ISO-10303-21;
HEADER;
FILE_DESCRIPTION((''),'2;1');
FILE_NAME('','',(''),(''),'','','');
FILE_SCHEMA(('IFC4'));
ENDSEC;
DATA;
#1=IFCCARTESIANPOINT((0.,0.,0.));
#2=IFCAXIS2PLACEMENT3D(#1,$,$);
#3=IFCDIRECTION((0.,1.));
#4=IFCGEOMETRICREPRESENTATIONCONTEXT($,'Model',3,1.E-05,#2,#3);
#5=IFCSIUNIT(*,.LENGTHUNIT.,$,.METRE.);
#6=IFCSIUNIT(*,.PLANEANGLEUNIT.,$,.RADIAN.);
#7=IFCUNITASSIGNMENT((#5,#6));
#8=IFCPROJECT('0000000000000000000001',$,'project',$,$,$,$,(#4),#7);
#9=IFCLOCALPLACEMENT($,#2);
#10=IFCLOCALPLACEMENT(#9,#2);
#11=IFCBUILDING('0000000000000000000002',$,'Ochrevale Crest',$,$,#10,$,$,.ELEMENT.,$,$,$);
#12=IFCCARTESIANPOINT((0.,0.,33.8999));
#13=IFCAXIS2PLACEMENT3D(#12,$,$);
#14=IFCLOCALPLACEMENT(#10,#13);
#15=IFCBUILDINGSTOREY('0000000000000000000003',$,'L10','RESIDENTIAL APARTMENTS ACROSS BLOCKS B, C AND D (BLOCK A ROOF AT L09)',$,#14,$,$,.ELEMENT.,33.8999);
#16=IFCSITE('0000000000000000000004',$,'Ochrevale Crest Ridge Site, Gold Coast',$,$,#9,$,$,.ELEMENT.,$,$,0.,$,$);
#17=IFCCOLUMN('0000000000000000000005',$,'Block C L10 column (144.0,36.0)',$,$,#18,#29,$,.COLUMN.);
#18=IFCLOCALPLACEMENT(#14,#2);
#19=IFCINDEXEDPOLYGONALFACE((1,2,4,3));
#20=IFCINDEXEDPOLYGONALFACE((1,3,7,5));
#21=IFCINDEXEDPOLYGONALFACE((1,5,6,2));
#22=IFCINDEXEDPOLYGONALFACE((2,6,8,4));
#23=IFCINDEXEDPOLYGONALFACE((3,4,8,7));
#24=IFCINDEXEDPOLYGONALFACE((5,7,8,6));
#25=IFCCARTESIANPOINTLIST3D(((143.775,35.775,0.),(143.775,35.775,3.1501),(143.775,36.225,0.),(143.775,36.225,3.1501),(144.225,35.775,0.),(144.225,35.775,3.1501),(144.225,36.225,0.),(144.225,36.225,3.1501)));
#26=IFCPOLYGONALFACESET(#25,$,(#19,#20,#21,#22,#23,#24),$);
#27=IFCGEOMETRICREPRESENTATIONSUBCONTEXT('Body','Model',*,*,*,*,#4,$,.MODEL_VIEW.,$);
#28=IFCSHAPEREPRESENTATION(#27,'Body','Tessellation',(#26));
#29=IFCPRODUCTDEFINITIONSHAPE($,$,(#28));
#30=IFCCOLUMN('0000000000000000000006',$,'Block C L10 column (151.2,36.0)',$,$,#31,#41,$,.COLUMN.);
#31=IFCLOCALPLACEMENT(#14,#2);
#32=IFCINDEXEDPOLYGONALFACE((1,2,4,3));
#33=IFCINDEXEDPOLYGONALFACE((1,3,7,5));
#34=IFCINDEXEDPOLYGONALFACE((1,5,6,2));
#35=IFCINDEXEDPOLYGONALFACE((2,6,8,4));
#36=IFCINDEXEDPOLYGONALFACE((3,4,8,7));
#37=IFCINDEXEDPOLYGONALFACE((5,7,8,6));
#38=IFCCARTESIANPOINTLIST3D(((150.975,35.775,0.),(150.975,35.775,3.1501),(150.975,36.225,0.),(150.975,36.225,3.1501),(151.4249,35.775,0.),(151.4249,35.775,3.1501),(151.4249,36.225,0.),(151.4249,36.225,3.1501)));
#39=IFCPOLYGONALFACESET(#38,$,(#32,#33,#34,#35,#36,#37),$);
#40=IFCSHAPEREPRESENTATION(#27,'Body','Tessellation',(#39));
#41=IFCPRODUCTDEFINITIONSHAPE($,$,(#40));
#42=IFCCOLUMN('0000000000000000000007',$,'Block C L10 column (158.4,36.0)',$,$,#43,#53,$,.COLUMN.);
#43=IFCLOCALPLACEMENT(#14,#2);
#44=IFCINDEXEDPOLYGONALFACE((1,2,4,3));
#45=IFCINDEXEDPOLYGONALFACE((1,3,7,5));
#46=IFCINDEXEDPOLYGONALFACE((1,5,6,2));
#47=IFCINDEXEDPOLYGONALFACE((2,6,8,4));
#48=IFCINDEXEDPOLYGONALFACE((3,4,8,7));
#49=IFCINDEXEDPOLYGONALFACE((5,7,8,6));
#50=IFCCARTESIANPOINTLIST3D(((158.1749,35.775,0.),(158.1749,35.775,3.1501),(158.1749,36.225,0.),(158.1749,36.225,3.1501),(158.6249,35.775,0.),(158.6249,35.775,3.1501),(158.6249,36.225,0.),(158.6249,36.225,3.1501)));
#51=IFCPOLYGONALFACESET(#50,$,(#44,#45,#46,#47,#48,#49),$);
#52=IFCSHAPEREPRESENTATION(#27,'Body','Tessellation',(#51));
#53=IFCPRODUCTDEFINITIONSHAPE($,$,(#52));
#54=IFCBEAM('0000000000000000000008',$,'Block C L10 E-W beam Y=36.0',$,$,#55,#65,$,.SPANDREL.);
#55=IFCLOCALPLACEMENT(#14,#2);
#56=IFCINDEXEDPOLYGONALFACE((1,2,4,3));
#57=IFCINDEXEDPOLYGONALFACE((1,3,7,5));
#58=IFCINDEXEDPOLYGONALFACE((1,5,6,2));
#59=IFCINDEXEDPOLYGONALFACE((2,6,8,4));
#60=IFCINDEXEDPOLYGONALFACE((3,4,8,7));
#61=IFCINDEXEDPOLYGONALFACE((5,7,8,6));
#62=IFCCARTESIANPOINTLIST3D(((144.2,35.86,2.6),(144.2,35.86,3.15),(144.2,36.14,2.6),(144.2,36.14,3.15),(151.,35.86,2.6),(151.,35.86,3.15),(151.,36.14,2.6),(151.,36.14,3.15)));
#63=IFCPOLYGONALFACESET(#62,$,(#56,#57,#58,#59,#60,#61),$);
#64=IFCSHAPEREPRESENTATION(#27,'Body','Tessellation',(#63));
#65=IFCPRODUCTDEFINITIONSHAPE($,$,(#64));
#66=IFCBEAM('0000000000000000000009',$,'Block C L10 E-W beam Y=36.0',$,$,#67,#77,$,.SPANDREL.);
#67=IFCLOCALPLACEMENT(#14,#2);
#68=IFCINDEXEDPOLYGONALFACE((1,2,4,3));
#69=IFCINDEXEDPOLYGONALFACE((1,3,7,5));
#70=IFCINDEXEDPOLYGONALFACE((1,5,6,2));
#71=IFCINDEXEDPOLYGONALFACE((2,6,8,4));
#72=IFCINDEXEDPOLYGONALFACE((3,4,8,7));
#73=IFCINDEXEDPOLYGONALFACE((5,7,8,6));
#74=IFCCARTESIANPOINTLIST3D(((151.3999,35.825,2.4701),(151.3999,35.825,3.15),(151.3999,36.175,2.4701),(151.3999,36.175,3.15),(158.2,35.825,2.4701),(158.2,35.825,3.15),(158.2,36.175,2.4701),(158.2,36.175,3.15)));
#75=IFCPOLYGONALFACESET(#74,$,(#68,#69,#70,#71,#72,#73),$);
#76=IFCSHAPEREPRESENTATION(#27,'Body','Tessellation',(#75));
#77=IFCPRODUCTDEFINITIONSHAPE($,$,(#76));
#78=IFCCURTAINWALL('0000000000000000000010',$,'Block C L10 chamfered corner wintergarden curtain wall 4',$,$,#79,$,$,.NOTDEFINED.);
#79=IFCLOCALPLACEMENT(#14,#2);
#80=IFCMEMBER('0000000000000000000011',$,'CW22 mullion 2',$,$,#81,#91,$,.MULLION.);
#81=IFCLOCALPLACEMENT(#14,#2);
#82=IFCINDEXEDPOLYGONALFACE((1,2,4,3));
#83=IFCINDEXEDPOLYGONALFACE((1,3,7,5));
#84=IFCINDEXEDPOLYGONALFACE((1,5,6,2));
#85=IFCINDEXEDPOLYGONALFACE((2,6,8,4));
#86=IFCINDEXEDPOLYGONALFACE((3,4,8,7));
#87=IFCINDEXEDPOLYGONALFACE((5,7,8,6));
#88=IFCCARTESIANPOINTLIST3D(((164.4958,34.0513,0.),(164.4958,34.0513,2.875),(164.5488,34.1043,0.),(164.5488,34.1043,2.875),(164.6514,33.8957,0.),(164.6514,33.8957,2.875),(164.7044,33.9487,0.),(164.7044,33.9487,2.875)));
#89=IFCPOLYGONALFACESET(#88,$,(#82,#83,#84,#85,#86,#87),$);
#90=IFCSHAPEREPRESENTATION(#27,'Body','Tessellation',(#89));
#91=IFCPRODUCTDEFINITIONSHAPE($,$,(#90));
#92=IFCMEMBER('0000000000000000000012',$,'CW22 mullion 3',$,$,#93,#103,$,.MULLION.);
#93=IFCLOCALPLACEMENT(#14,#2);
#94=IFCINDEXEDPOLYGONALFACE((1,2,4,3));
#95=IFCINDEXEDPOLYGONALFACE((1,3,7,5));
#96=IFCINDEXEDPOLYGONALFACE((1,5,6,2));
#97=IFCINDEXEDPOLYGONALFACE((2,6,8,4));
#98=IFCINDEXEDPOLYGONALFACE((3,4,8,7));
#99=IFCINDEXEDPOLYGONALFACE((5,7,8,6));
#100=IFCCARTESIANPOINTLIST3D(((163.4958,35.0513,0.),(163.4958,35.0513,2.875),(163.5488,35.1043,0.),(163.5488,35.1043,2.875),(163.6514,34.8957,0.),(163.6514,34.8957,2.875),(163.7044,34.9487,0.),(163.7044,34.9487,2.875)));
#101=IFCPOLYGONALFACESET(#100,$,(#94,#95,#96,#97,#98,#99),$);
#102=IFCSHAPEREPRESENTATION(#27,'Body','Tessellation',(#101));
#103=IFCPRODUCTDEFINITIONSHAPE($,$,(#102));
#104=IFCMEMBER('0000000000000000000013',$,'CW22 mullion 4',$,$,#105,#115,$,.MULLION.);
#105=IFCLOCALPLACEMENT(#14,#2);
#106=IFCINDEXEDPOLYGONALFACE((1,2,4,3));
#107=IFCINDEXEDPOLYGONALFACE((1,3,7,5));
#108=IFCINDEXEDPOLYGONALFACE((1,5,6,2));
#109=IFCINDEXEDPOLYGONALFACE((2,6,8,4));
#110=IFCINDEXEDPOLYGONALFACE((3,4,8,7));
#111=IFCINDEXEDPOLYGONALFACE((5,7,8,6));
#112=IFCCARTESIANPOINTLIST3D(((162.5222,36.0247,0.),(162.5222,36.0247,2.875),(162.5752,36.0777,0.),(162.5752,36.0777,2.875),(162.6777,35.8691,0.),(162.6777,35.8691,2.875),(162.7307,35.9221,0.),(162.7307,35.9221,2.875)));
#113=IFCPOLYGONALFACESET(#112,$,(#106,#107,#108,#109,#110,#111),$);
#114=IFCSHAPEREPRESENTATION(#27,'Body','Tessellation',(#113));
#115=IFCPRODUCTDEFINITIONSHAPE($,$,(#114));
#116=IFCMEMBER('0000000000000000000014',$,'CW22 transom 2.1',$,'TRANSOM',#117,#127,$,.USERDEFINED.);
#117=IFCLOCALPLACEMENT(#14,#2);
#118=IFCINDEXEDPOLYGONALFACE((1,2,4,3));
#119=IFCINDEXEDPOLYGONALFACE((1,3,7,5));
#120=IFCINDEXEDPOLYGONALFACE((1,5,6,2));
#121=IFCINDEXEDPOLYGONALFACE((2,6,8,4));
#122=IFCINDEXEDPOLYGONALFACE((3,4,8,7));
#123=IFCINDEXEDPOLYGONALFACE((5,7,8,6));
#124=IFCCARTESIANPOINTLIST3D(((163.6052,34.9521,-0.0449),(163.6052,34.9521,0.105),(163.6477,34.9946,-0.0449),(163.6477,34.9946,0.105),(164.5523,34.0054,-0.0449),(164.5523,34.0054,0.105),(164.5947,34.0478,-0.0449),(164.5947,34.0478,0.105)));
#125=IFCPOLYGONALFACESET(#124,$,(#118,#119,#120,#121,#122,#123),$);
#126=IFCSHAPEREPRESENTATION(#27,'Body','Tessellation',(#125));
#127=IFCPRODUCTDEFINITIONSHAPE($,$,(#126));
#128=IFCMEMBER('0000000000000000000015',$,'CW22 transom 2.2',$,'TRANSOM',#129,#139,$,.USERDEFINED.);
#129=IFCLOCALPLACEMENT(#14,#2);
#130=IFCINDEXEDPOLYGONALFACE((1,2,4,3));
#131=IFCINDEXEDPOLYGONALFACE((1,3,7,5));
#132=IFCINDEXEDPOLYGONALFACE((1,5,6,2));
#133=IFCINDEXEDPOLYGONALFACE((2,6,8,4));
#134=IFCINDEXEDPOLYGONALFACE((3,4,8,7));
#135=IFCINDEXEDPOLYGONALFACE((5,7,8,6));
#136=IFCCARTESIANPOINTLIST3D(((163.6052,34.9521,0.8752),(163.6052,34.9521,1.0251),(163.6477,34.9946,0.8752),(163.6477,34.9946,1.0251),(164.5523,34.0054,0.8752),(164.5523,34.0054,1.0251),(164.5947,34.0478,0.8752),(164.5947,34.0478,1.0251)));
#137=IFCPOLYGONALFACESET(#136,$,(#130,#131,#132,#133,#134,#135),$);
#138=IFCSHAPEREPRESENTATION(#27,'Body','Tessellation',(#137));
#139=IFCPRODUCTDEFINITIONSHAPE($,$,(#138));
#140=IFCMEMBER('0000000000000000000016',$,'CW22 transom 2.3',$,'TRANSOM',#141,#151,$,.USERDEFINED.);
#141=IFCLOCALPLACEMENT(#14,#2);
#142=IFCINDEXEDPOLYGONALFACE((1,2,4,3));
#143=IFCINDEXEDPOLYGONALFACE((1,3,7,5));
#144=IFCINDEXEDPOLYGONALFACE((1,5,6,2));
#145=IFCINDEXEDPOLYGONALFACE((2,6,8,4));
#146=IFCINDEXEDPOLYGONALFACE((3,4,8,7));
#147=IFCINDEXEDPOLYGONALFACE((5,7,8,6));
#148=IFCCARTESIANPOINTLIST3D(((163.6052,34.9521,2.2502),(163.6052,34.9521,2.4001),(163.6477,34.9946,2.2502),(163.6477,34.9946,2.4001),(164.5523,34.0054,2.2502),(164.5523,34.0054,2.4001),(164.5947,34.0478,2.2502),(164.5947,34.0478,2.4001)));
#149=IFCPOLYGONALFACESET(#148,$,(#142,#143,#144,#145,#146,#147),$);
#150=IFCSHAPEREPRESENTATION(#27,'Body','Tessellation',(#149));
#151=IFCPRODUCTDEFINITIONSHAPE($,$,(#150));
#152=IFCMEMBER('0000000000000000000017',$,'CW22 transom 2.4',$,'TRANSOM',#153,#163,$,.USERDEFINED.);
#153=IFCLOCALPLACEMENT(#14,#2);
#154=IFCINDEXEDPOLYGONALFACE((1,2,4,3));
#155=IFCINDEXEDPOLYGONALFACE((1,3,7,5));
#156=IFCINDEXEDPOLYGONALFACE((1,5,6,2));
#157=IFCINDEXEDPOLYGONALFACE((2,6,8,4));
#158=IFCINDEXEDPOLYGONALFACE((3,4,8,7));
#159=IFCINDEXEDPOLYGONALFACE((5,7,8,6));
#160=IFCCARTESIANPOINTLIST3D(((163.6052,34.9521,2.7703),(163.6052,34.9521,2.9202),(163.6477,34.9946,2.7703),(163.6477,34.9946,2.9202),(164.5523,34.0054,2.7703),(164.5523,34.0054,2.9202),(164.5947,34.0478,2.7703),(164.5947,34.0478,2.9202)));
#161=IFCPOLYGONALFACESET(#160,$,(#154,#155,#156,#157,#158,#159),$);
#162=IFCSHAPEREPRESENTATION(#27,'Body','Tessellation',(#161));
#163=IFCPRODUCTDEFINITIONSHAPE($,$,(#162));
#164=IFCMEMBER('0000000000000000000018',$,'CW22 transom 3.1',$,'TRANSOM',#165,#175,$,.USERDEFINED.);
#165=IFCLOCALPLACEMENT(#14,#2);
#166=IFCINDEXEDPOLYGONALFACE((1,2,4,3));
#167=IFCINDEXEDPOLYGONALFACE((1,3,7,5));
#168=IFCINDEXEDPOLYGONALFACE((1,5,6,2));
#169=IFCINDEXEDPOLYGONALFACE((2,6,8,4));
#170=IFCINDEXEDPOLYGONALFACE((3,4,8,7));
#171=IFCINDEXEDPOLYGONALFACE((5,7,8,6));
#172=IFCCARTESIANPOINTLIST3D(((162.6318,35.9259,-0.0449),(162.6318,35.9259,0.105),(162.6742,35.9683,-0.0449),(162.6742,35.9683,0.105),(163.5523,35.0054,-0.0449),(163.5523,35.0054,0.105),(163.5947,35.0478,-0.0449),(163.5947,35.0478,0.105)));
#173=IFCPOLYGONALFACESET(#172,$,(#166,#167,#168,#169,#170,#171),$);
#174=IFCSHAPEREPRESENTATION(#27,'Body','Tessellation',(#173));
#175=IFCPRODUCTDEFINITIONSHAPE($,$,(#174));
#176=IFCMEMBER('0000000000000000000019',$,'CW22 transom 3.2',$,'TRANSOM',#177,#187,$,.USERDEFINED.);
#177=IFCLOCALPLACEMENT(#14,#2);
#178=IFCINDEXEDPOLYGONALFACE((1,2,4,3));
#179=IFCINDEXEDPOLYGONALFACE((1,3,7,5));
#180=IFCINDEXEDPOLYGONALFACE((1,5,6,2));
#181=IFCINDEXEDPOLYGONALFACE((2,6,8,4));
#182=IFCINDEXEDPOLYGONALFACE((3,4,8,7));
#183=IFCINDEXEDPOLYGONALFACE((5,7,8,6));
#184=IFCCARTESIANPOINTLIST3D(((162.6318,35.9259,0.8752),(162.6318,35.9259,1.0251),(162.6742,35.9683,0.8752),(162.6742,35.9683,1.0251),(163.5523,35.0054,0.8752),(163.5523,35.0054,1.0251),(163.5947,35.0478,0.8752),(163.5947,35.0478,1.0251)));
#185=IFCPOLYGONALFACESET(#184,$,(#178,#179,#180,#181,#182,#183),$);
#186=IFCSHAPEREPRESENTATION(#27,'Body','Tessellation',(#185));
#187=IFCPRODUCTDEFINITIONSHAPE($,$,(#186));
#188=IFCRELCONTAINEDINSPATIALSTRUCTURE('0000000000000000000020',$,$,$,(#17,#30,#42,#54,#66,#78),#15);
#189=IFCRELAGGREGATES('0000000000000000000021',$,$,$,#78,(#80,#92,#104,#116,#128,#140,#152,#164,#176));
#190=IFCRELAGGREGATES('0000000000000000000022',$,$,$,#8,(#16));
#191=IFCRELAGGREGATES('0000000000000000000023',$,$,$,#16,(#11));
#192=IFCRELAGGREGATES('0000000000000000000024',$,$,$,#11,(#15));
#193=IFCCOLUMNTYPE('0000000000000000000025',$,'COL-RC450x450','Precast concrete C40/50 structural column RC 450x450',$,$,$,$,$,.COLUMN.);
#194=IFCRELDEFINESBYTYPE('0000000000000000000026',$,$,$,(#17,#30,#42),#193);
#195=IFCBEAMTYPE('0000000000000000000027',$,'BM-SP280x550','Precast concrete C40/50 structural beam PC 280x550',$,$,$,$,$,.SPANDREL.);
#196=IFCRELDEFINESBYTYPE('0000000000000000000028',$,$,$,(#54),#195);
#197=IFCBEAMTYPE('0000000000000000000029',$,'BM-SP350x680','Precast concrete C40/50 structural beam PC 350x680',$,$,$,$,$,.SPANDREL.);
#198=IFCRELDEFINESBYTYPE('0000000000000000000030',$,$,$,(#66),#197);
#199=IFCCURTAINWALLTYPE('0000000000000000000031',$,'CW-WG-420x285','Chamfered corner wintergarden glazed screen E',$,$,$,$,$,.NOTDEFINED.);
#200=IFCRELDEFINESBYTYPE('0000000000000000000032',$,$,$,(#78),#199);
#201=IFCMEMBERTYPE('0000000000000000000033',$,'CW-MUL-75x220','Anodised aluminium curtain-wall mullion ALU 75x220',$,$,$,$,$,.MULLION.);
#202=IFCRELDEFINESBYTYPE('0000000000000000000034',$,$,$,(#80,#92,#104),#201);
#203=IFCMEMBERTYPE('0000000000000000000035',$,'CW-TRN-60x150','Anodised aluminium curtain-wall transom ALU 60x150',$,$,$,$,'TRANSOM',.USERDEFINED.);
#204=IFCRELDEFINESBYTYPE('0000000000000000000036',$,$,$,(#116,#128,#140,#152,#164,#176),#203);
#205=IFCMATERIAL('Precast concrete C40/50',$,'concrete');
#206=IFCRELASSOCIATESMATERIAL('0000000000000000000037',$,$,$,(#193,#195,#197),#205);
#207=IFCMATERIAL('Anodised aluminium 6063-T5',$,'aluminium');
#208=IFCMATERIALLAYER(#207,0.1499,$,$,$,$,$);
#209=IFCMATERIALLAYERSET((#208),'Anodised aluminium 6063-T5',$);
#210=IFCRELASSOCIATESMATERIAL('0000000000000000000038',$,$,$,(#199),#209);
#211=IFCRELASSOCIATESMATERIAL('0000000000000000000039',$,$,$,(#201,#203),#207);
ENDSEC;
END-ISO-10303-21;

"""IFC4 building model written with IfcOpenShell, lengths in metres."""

from ifc_helpers import new_model, si_unit, direction, frame, origin, origin_2d, place, context, subcontext, project, spatial, rectangle, extrude, material, layer, layer_set, material_profile, profile_set, type_object, element, aggregate, save


model = new_model("IFC4")

# Units and contexts
model_context = context("Model", 3, precision=1e-05, world=origin(), true_north=direction((0.0, 1.0)))
body_context = subcontext(model_context, "Body", "Model", "MODEL_VIEW")
ifc_project = project(units=[si_unit("LENGTHUNIT", "METRE"), si_unit("PLANEANGLEUNIT", "RADIAN")], contexts=[model_context])

# Site, building, storey
site_placement = place(None, origin())
site = spatial("IfcSite", under=ifc_project, at=site_placement, Name="Ochrevale Crest Ridge Site, Gold Coast", CompositionType="ELEMENT", RefElevation=0.0)
building_placement = place(site_placement, origin())
building = spatial("IfcBuilding", under=site, at=building_placement, Name="Ochrevale Crest", CompositionType="ELEMENT")
storey_placement = place(building_placement, frame((0.0, 0.0, 33.8999)))
storey = spatial("IfcBuildingStorey", under=building, at=storey_placement, Name="L10", Description="RESIDENTIAL APARTMENTS ACROSS BLOCKS B, C AND D (BLOCK A ROOF AT L09)", CompositionType="ELEMENT", Elevation=33.8999)

# Columns
ifc_material_1 = material(Name="Precast concrete C40/50", Category="concrete")
ifc_material_profile_1 = material_profile(ifc_material_1, rectangle(XDim=0.45, YDim=0.45, at=origin_2d()), Name="RC 450x450")
ifc_profile_set_1 = profile_set([ifc_material_profile_1], Name="Precast concrete C40/50")
column_type = type_object("IfcColumnType", Name="COL-RC450x450", Description="Precast concrete C40/50 structural column RC 450x450", PredefinedType="COLUMN", material=ifc_profile_set_1)
for number, where, z_axis, x_axis, name in (
    (1, (144.0, 36.0, 0.0), (0.0, 0.0, 1.0), (1.0, 0.0, 0.0), "Block C L10 column (144.0,36.0)"),
    (2, (151.2, 36.0, 0.0), (0.0, 0.0, 1.0), (1.0, 0.0, 0.0), "Block C L10 column (151.2,36.0)"),
    (3, (158.3999, 36.0, 0.0), (0.0, 0.0, 1.0), (1.0, 0.0, 0.0), "Block C L10 column (158.4,36.0)"),
):
    element("IfcColumn", number, at=place(storey_placement, frame(where, z_axis=z_axis, x_axis=x_axis)), inside=storey, type_object=column_type, Name=name, PredefinedType="COLUMN", context=body_context, shape_type="SweptSolid", body=[
        extrude(rectangle(XDim=0.45, YDim=0.45, at=origin_2d()), origin(), (0.0, 0.0, 1.0), 3.1501),
    ])

# Beams
ifc_material_profile_2 = material_profile(ifc_material_1, rectangle(XDim=0.28, YDim=0.55, at=origin_2d()), Name="PC 280x550")
ifc_profile_set_2 = profile_set([ifc_material_profile_2], Name="Precast concrete C40/50")
beam_type_1 = type_object("IfcBeamType", Name="BM-SP280x550", Description="Precast concrete C40/50 structural beam PC 280x550", PredefinedType="SPANDREL", material=ifc_profile_set_2)
beam_1_placement = place(storey_placement, frame((144.2, 36.0, 2.875), z_axis=(1.0, 0.0, 0.0), x_axis=(0.0, 1.0, 0.0)))
element("IfcBeam", 4, at=beam_1_placement, inside=storey, type_object=beam_type_1, Name="Block C L10 E-W beam Y=36.0", PredefinedType="SPANDREL", context=body_context, shape_type="SweptSolid", body=[
    extrude(rectangle(XDim=0.28, YDim=0.55, at=origin_2d()), origin(), (0.0, 0.0, 1.0), 6.8),
])
ifc_material_profile_3 = material_profile(ifc_material_1, rectangle(XDim=0.3501, YDim=0.6799, at=origin_2d()), Name="PC 350x680")
ifc_profile_set_3 = profile_set([ifc_material_profile_3], Name="Precast concrete C40/50")
beam_type_2 = type_object("IfcBeamType", Name="BM-SP350x680", Description="Precast concrete C40/50 structural beam PC 350x680", PredefinedType="SPANDREL", material=ifc_profile_set_3)
beam_2_placement = place(storey_placement, frame((151.3999, 36.0, 2.8101), z_axis=(1.0, 0.0, 0.0), x_axis=(0.0, 1.0, 0.0)))
element("IfcBeam", 5, at=beam_2_placement, inside=storey, type_object=beam_type_2, Name="Block C L10 E-W beam Y=36.0", PredefinedType="SPANDREL", context=body_context, shape_type="SweptSolid", body=[
    extrude(rectangle(XDim=0.3501, YDim=0.6799, at=origin_2d()), origin(), (0.0, 0.0, 1.0), 6.8),
])

# Curtain wall, members
ifc_material_2 = material(Name="Anodised aluminium 6063-T5", Category="aluminium")
ifc_layer_1 = layer(ifc_material_2, 0.1499)
ifc_layer_set_1 = layer_set([ifc_layer_1], Name="Anodised aluminium 6063-T5")
curtain_wall_type = type_object("IfcCurtainWallType", Name="CW-WG-420x285", Description="Chamfered corner wintergarden glazed screen E", PredefinedType="NOTDEFINED", material=ifc_layer_set_1)
curtain_wall_placement = place(storey_placement, origin())
curtain_wall = element("IfcCurtainWall", 6, at=curtain_wall_placement, inside=storey, type_object=curtain_wall_type, Name="Block C L10 chamfered corner wintergarden curtain wall 4", PredefinedType="NOTDEFINED")
ifc_material_profile_4 = material_profile(ifc_material_2, rectangle(XDim=0.075, YDim=0.22, at=origin_2d()), Name="ALU 75x220")
ifc_profile_set_4 = profile_set([ifc_material_profile_4], Name="Anodised aluminium 6063-T5")
member_type_1 = type_object("IfcMemberType", Name="CW-MUL-75x220", Description="Anodised aluminium curtain-wall mullion ALU 75x220", PredefinedType="MULLION", material=ifc_profile_set_4)
member_1_placement = place(storey_placement, frame((164.6001, 34.0, 0.0), z_axis=(0.0, 0.0, 1.0), x_axis=(-0.707107, -0.707107, 0.0)))
member_1 = element("IfcMember", 7, at=member_1_placement, type_object=member_type_1, Name="CW22 mullion 2", PredefinedType="MULLION", context=body_context, shape_type="SweptSolid", body=[
    extrude(rectangle(XDim=0.075, YDim=0.22, at=origin_2d()), origin(), (0.0, 0.0, 1.0), 2.875),
])
member_2_placement = place(storey_placement, frame((163.6001, 35.0, 0.0), z_axis=(0.0, 0.0, 1.0), x_axis=(-0.707107, -0.707107, 0.0)))
member_2 = element("IfcMember", 8, at=member_2_placement, type_object=member_type_1, Name="CW22 mullion 3", PredefinedType="MULLION", context=body_context, shape_type="SweptSolid", body=[
    extrude(rectangle(XDim=0.075, YDim=0.22, at=origin_2d()), origin(), (0.0, 0.0, 1.0), 2.875),
])
member_3_placement = place(storey_placement, frame((162.6265, 35.9734, 0.0), z_axis=(0.0, 0.0, 1.0), x_axis=(-0.707107, -0.707107, 0.0)))
member_3 = element("IfcMember", 9, at=member_3_placement, type_object=member_type_1, Name="CW22 mullion 4", PredefinedType="MULLION", context=body_context, shape_type="SweptSolid", body=[
    extrude(rectangle(XDim=0.075, YDim=0.22, at=origin_2d()), origin(), (0.0, 0.0, 1.0), 2.875),
])
ifc_material_profile_5 = material_profile(ifc_material_2, rectangle(XDim=0.0601, YDim=0.1499, at=origin_2d()), Name="ALU 60x150")
ifc_profile_set_5 = profile_set([ifc_material_profile_5], Name="Anodised aluminium 6063-T5")
member_type_2 = type_object("IfcMemberType", Name="CW-TRN-60x150", Description="Anodised aluminium curtain-wall transom ALU 60x150", ElementType="TRANSOM", PredefinedType="USERDEFINED", material=ifc_profile_set_5)
member_4_placement = place(storey_placement, frame((164.5735, 34.0266, 0.03), z_axis=(-0.707198, 0.707016, 0.0), x_axis=(-0.707016, -0.707198, 0.0)))
member_4 = element("IfcMember", 10, at=member_4_placement, type_object=member_type_2, Name="CW22 transom 2.1", ObjectType="TRANSOM", PredefinedType="USERDEFINED", context=body_context, shape_type="SweptSolid", body=[
    extrude(rectangle(XDim=0.0601, YDim=0.1499, at=origin_2d()), origin(), (0.0, 0.0, 1.0), 1.3391),
])
member_5_placement = place(storey_placement, frame((164.5735, 34.0266, 0.9502), z_axis=(-0.707198, 0.707016, 0.0), x_axis=(-0.707016, -0.707198, 0.0)))
member_5 = element("IfcMember", 11, at=member_5_placement, type_object=member_type_2, Name="CW22 transom 2.2", ObjectType="TRANSOM", PredefinedType="USERDEFINED", context=body_context, shape_type="SweptSolid", body=[
    extrude(rectangle(XDim=0.0601, YDim=0.1499, at=origin_2d()), origin(), (0.0, 0.0, 1.0), 1.3391),
])
member_6_placement = place(storey_placement, frame((164.5735, 34.0266, 2.3252), z_axis=(-0.707198, 0.707016, 0.0), x_axis=(-0.707016, -0.707198, 0.0)))
member_6 = element("IfcMember", 12, at=member_6_placement, type_object=member_type_2, Name="CW22 transom 2.3", ObjectType="TRANSOM", PredefinedType="USERDEFINED", context=body_context, shape_type="SweptSolid", body=[
    extrude(rectangle(XDim=0.0601, YDim=0.1499, at=origin_2d()), origin(), (0.0, 0.0, 1.0), 1.3391),
])
member_7_placement = place(storey_placement, frame((164.5735, 34.0266, 2.8452), z_axis=(-0.707198, 0.707016, 0.0), x_axis=(-0.707016, -0.707198, 0.0)))
member_7 = element("IfcMember", 13, at=member_7_placement, type_object=member_type_2, Name="CW22 transom 2.4", ObjectType="TRANSOM", PredefinedType="USERDEFINED", context=body_context, shape_type="SweptSolid", body=[
    extrude(rectangle(XDim=0.0601, YDim=0.1499, at=origin_2d()), origin(), (0.0, 0.0, 1.0), 1.3391),
])
member_8_placement = place(storey_placement, frame((163.5735, 35.0266, 0.03), z_axis=(-0.707107, 0.707107, 0.0), x_axis=(-0.707107, -0.707107, 0.0)))
member_8 = element("IfcMember", 14, at=member_8_placement, type_object=member_type_2, Name="CW22 transom 3.1", ObjectType="TRANSOM", PredefinedType="USERDEFINED", context=body_context, shape_type="SweptSolid", body=[
    extrude(rectangle(XDim=0.0601, YDim=0.1499, at=origin_2d()), origin(), (0.0, 0.0, 1.0), 1.3018),
])
member_9_placement = place(storey_placement, frame((163.5735, 35.0266, 0.9502), z_axis=(-0.707107, 0.707107, 0.0), x_axis=(-0.707107, -0.707107, 0.0)))
member_9 = element("IfcMember", 15, at=member_9_placement, type_object=member_type_2, Name="CW22 transom 3.2", ObjectType="TRANSOM", PredefinedType="USERDEFINED", context=body_context, shape_type="SweptSolid", body=[
    extrude(rectangle(XDim=0.0601, YDim=0.1499, at=origin_2d()), origin(), (0.0, 0.0, 1.0), 1.3018),
])
aggregate(curtain_wall, [member_1, member_2, member_3, member_4, member_5, member_6, member_7, member_8, member_9])

save(model, "model.ifc")
